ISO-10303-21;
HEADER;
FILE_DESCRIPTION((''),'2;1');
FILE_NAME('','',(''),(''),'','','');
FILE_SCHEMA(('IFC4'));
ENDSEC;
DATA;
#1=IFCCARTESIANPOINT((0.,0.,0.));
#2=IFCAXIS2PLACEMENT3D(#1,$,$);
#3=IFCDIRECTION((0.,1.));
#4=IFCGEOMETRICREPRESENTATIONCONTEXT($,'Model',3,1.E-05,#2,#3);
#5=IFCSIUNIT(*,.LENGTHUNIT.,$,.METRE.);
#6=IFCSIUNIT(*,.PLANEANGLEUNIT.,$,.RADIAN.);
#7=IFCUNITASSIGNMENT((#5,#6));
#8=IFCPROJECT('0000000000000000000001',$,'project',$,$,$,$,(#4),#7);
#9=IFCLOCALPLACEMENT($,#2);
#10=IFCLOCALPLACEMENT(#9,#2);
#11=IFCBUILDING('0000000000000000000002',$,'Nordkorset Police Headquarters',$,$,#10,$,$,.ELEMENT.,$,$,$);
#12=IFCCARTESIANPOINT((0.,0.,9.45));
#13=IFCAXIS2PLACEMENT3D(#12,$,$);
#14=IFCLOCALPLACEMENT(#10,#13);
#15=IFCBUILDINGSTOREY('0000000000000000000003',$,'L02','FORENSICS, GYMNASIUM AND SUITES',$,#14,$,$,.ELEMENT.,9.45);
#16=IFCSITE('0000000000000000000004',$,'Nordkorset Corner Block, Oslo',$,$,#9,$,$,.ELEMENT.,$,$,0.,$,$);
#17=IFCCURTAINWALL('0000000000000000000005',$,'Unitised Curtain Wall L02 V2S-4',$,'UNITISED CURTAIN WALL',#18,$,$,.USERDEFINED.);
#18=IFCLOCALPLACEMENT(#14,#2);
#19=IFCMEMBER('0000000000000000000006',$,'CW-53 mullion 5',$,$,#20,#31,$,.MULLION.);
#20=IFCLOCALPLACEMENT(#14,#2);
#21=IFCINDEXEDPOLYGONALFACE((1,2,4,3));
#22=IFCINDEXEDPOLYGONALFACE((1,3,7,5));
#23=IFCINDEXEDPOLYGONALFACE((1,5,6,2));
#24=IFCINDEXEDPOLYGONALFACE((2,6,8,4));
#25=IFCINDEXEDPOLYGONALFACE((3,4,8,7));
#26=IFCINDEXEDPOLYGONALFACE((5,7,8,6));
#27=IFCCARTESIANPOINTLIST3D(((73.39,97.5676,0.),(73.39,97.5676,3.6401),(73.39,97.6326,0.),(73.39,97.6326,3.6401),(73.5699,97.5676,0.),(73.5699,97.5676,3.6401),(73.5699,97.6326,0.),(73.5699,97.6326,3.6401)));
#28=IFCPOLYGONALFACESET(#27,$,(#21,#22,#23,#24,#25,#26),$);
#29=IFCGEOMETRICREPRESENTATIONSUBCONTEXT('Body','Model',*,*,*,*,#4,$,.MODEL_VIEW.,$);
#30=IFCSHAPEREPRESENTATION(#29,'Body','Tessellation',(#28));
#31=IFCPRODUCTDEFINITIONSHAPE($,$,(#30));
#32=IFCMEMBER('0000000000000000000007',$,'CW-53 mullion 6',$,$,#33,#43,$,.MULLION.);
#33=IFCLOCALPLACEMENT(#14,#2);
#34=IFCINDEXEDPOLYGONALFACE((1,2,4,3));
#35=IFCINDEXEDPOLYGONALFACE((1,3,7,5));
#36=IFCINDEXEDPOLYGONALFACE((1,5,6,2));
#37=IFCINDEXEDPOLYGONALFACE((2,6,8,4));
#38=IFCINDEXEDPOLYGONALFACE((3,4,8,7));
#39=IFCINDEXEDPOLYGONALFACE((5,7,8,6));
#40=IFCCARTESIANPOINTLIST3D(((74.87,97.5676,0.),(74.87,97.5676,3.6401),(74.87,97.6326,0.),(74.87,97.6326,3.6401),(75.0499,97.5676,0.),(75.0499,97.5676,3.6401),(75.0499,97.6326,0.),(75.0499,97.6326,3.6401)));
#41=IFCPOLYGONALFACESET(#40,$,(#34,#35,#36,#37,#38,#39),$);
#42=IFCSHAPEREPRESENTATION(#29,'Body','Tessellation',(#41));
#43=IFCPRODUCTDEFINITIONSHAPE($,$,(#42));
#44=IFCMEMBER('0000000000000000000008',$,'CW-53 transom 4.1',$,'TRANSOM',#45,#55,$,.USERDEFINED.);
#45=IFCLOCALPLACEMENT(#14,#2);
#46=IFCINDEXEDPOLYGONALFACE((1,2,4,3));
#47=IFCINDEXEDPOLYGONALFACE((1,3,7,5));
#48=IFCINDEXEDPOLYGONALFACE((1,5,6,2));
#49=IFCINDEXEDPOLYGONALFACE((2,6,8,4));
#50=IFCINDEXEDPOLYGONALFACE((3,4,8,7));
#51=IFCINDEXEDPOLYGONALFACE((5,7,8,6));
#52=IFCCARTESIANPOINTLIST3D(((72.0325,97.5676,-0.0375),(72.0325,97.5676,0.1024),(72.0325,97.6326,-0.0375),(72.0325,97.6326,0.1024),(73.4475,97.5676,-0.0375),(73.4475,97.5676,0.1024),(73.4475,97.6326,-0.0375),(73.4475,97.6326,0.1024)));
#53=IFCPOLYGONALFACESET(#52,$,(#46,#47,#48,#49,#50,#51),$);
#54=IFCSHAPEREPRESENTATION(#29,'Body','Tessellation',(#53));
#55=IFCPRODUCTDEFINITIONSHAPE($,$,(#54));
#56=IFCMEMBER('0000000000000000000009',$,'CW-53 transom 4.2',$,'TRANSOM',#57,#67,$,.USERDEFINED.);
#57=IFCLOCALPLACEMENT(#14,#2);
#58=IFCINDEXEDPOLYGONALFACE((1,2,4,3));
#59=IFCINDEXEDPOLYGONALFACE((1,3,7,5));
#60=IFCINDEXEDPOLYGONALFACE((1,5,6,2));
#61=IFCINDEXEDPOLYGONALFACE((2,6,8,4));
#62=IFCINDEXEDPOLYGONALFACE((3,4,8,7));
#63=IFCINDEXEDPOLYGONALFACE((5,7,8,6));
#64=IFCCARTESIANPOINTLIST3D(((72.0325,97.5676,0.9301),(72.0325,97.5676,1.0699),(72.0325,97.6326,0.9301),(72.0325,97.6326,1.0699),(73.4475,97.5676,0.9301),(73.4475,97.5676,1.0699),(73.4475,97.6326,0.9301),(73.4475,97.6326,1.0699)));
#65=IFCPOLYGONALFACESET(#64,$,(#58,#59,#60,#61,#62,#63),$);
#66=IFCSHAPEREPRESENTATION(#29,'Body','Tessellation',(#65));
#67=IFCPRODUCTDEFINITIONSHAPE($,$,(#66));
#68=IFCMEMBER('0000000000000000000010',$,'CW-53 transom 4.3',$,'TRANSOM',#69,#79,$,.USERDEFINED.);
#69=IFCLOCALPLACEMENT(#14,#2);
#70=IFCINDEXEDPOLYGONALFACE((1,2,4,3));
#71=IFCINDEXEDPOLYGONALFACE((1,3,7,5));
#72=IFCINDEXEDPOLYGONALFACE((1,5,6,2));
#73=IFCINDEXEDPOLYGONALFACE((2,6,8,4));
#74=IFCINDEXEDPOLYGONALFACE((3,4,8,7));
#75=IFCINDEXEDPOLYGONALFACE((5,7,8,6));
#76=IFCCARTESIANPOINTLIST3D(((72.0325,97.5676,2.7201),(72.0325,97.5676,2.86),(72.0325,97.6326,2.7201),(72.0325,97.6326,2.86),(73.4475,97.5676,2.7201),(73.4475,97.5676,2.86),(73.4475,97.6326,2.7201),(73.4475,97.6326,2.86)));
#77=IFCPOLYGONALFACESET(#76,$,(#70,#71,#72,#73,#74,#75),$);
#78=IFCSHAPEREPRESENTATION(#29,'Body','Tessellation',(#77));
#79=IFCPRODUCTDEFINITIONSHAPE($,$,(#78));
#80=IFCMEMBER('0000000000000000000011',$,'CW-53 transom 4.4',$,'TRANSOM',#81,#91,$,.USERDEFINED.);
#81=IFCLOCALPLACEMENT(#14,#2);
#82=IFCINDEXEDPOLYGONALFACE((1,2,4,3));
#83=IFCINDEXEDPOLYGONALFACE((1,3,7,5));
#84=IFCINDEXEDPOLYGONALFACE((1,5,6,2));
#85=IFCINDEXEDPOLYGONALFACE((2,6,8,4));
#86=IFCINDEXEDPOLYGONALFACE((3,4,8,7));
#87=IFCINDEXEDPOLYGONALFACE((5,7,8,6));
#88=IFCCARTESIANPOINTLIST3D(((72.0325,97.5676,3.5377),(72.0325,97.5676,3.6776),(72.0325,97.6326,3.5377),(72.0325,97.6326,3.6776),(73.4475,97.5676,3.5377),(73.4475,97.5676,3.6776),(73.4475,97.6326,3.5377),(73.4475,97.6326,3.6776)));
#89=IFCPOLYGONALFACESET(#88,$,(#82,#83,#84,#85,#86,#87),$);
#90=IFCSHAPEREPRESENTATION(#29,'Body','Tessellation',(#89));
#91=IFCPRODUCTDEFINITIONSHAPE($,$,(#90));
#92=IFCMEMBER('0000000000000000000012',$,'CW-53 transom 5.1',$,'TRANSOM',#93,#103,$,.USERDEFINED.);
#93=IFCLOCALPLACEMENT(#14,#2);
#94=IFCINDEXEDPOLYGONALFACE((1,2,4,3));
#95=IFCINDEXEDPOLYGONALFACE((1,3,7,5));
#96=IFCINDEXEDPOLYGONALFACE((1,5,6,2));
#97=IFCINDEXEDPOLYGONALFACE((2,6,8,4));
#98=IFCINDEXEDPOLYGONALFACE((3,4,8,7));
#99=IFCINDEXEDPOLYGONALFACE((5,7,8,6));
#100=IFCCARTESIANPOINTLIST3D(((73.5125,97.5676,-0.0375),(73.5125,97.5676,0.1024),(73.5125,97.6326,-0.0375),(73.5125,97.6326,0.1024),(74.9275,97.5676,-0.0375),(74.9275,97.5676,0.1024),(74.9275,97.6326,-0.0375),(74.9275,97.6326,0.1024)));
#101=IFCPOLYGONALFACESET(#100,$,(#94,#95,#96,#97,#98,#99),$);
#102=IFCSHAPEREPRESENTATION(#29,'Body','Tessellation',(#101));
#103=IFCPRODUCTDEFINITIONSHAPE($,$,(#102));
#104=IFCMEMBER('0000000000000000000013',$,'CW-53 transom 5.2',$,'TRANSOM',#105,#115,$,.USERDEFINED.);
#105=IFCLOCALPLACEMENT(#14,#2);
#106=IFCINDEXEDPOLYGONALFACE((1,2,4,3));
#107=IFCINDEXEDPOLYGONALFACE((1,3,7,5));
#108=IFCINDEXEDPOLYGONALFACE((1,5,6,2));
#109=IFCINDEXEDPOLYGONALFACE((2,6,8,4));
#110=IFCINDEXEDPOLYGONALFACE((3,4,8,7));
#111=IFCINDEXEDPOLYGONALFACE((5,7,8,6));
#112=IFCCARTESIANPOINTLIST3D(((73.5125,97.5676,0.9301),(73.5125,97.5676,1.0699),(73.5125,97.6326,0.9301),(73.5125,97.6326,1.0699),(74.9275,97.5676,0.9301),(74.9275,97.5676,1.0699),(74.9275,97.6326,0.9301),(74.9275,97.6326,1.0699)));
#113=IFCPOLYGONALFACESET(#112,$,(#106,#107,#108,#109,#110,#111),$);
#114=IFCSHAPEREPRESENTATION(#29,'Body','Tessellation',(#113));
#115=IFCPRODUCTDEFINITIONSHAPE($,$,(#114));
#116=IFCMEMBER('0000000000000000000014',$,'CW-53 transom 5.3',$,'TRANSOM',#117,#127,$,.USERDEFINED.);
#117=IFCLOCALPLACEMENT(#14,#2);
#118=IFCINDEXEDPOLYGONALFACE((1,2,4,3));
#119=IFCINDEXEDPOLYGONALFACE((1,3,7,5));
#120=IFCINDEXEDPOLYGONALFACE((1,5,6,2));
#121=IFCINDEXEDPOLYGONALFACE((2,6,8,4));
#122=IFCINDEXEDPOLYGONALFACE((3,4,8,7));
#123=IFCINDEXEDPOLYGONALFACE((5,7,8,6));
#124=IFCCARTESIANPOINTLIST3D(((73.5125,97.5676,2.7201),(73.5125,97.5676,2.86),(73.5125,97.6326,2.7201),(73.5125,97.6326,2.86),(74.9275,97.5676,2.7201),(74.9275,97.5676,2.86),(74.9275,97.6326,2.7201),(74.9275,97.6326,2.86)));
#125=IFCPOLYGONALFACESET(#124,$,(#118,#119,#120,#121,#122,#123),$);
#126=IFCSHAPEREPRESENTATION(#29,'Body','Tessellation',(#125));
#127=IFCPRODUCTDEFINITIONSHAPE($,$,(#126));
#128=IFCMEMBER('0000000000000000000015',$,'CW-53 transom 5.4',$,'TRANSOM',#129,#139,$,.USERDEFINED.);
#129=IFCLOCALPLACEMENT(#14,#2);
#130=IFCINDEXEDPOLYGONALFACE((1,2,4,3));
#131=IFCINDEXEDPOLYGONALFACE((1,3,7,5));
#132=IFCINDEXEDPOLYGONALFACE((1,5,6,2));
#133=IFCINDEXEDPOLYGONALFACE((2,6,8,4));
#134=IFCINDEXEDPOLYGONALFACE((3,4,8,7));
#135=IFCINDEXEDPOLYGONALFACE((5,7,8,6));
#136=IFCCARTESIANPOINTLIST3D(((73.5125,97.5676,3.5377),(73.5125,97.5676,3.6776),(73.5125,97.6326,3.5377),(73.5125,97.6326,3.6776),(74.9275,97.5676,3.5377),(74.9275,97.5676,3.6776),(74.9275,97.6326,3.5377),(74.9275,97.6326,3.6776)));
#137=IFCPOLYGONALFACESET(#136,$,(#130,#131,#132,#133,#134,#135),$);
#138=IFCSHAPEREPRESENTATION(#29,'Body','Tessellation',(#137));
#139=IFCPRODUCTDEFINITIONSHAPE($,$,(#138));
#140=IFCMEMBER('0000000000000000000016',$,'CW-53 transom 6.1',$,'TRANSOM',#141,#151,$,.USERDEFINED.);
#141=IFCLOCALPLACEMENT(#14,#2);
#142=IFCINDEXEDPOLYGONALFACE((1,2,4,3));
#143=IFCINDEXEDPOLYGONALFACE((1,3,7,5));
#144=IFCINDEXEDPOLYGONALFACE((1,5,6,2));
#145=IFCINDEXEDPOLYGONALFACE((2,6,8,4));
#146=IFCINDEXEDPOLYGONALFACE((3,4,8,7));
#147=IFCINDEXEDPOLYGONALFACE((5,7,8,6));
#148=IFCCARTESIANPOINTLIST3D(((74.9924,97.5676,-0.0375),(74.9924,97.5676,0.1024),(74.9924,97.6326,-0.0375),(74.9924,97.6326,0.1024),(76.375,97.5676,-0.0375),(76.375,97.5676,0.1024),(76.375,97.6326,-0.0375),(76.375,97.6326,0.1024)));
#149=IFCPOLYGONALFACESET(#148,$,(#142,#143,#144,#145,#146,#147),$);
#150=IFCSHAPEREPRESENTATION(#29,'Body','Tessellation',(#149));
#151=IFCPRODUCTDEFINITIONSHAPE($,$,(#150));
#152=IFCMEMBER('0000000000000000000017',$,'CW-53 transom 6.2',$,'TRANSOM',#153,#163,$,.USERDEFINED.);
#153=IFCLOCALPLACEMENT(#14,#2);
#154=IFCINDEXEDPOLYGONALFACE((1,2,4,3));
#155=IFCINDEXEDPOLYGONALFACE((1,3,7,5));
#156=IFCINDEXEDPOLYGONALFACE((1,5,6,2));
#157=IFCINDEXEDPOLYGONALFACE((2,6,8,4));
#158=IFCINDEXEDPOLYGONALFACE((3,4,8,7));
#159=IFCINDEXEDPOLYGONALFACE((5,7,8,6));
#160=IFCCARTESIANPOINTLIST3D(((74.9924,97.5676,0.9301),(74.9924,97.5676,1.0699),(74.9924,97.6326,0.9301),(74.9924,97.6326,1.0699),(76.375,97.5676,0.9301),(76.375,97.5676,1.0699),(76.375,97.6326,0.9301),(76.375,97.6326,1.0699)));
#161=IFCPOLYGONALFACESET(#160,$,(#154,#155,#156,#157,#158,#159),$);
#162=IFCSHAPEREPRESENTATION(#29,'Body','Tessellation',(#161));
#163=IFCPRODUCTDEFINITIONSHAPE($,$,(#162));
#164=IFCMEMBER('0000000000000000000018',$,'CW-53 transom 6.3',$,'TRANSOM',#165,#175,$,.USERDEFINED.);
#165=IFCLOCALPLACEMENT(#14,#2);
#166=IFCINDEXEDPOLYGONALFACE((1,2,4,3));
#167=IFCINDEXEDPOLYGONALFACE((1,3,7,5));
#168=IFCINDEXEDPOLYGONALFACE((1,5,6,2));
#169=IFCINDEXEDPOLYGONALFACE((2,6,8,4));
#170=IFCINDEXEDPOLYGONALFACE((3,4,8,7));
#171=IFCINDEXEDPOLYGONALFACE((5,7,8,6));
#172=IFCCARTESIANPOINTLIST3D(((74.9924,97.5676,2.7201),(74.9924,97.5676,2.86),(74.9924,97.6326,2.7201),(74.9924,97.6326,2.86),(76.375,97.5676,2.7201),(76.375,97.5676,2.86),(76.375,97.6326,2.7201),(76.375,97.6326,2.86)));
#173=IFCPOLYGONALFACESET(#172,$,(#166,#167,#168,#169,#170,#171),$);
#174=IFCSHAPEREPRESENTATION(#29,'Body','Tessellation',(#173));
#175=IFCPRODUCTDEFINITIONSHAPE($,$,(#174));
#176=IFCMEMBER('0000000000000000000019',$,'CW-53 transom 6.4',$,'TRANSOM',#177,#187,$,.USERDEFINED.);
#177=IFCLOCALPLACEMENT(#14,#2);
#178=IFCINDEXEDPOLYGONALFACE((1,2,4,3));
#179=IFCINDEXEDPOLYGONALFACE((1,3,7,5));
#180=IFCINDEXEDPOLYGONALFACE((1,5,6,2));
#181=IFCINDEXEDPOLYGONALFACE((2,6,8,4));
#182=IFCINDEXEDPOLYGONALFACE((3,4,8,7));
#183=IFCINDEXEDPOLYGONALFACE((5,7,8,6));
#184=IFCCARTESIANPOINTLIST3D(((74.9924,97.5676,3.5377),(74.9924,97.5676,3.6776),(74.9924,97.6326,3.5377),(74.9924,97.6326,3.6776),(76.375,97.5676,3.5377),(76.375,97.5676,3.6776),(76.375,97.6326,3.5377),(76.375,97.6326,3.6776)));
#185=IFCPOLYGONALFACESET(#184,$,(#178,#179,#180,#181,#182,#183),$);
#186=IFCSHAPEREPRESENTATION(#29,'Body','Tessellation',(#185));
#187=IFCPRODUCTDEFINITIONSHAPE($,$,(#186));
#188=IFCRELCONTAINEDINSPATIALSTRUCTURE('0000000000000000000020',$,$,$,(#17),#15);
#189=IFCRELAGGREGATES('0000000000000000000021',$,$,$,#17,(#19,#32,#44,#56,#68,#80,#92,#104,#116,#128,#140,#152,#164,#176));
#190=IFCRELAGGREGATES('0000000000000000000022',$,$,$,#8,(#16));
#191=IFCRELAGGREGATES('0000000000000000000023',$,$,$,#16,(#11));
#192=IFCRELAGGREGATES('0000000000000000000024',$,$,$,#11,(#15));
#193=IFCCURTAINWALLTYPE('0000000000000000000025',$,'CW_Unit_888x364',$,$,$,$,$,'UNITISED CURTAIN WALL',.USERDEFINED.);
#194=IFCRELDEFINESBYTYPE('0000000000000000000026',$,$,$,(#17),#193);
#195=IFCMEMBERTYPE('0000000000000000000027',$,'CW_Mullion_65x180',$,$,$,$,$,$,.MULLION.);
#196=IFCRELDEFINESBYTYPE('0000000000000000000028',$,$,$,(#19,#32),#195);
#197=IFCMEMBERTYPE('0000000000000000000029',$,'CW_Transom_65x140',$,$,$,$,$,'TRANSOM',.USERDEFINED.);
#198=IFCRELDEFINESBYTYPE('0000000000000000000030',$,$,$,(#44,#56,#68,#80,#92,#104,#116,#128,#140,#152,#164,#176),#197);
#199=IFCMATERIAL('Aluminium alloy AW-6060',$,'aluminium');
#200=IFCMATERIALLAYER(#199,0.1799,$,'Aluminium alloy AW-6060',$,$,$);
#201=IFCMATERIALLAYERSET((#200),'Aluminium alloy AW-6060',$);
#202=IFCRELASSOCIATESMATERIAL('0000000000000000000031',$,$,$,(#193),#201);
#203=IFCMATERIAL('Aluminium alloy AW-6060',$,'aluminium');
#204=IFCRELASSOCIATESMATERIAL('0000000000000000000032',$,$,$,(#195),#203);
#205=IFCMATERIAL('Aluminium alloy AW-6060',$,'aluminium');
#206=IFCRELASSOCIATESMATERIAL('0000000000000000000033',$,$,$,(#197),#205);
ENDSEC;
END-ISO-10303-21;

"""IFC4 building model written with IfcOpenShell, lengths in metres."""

from ifc_helpers import new_model, si_unit, direction, frame, origin, origin_2d, place, context, subcontext, project, spatial, rectangle, extrude, material, layer, layer_set, material_profile, profile_set, type_object, element, aggregate, save


model = new_model("IFC4")

# Units and contexts
model_context = context("Model", 3, precision=1e-05, world=origin(), true_north=direction((0.0, 1.0)))
body_context = subcontext(model_context, "Body", "Model", "MODEL_VIEW")
ifc_project = project(units=[si_unit("LENGTHUNIT", "METRE"), si_unit("PLANEANGLEUNIT", "RADIAN")], contexts=[model_context])

# Site, building, storey
site_placement = place(None, origin())
site = spatial("IfcSite", under=ifc_project, at=site_placement, Name="Nordkorset Corner Block, Oslo", CompositionType="ELEMENT", RefElevation=0.0)
building_placement = place(site_placement, origin())
building = spatial("IfcBuilding", under=site, at=building_placement, Name="Nordkorset Police Headquarters", CompositionType="ELEMENT")
storey_placement = place(building_placement, frame((0.0, 0.0, 9.45)))
storey = spatial("IfcBuildingStorey", under=building, at=storey_placement, Name="L02", Description="FORENSICS, GYMNASIUM AND SUITES", CompositionType="ELEMENT", Elevation=9.45)

# Curtain wall, members
ifc_material_1 = material(Name="Aluminium alloy AW-6060", Category="aluminium")
ifc_layer_1 = layer(ifc_material_1, 0.1799, Name="Aluminium alloy AW-6060")
ifc_layer_set_1 = layer_set([ifc_layer_1], Name="Aluminium alloy AW-6060")
curtain_wall_type = type_object("IfcCurtainWallType", Name="CW_Unit_888x364", ElementType="UNITISED CURTAIN WALL", PredefinedType="USERDEFINED", material=ifc_layer_set_1)
curtain_wall_placement = place(storey_placement, origin())
curtain_wall = element("IfcCurtainWall", 1, at=curtain_wall_placement, inside=storey, type_object=curtain_wall_type, Name="Unitised Curtain Wall L02 V2S-4", ObjectType="UNITISED CURTAIN WALL", PredefinedType="USERDEFINED")
ifc_material_2 = material(Name="Aluminium alloy AW-6060", Category="aluminium")
ifc_material_profile_1 = material_profile(ifc_material_2, rectangle(XDim=0.0649, YDim=0.1799, at=origin_2d()), Name="ALU MULL 65x180")
ifc_profile_set_1 = profile_set([ifc_material_profile_1], Name="Aluminium alloy AW-6060")
member_type_1 = type_object("IfcMemberType", Name="CW_Mullion_65x180", PredefinedType="MULLION", material=ifc_profile_set_1)
member_1_placement = place(storey_placement, frame((73.48, 97.6001, 0.0), z_axis=(0.0, 0.0, 1.0), x_axis=(0.0, 1.0, 0.0)))
member_1 = element("IfcMember", 2, at=member_1_placement, type_object=member_type_1, Name="CW-53 mullion 5", PredefinedType="MULLION", context=body_context, shape_type="SweptSolid", body=[
    extrude(rectangle(XDim=0.0649, YDim=0.1799, at=origin_2d()), origin(), (0.0, 0.0, 1.0), 3.6401),
])
member_2_placement = place(storey_placement, frame((74.96, 97.6001, 0.0), z_axis=(0.0, 0.0, 1.0), x_axis=(0.0, 1.0, 0.0)))
member_2 = element("IfcMember", 3, at=member_2_placement, type_object=member_type_1, Name="CW-53 mullion 6", PredefinedType="MULLION", context=body_context, shape_type="SweptSolid", body=[
    extrude(rectangle(XDim=0.0649, YDim=0.1799, at=origin_2d()), origin(), (0.0, 0.0, 1.0), 3.6401),
])
ifc_material_3 = material(Name="Aluminium alloy AW-6060", Category="aluminium")
ifc_material_profile_2 = material_profile(ifc_material_3, rectangle(XDim=0.0649, YDim=0.1399, at=origin_2d()), Name="ALU TRAN 65x140")
ifc_profile_set_2 = profile_set([ifc_material_profile_2], Name="Aluminium alloy AW-6060")
member_type_2 = type_object("IfcMemberType", Name="CW_Transom_65x140", ElementType="TRANSOM", PredefinedType="USERDEFINED", material=ifc_profile_set_2)
member_3_placement = place(storey_placement, frame((72.0325, 97.6001, 0.0325), z_axis=(1.0, 0.0, 0.0), x_axis=(0.0, 1.0, 0.0)))
member_3 = element("IfcMember", 4, at=member_3_placement, type_object=member_type_2, Name="CW-53 transom 4.1", ObjectType="TRANSOM", PredefinedType="USERDEFINED", context=body_context, shape_type="SweptSolid", body=[
    extrude(rectangle(XDim=0.0649, YDim=0.1399, at=origin_2d()), origin(), (0.0, 0.0, 1.0), 1.415),
])
member_4_placement = place(storey_placement, frame((72.0325, 97.6001, 1.0), z_axis=(1.0, 0.0, 0.0), x_axis=(0.0, 1.0, 0.0)))
member_4 = element("IfcMember", 5, at=member_4_placement, type_object=member_type_2, Name="CW-53 transom 4.2", ObjectType="TRANSOM", PredefinedType="USERDEFINED", context=body_context, shape_type="SweptSolid", body=[
    extrude(rectangle(XDim=0.0649, YDim=0.1399, at=origin_2d()), origin(), (0.0, 0.0, 1.0), 1.415),
])
member_5_placement = place(storey_placement, frame((72.0325, 97.6001, 2.79), z_axis=(1.0, 0.0, 0.0), x_axis=(0.0, 1.0, 0.0)))
member_5 = element("IfcMember", 6, at=member_5_placement, type_object=member_type_2, Name="CW-53 transom 4.3", ObjectType="TRANSOM", PredefinedType="USERDEFINED", context=body_context, shape_type="SweptSolid", body=[
    extrude(rectangle(XDim=0.0649, YDim=0.1399, at=origin_2d()), origin(), (0.0, 0.0, 1.0), 1.415),
])
member_6_placement = place(storey_placement, frame((72.0325, 97.6001, 3.6077), z_axis=(1.0, 0.0, 0.0), x_axis=(0.0, 1.0, 0.0)))
member_6 = element("IfcMember", 7, at=member_6_placement, type_object=member_type_2, Name="CW-53 transom 4.4", ObjectType="TRANSOM", PredefinedType="USERDEFINED", context=body_context, shape_type="SweptSolid", body=[
    extrude(rectangle(XDim=0.0649, YDim=0.1399, at=origin_2d()), origin(), (0.0, 0.0, 1.0), 1.415),
])
member_7_placement = place(storey_placement, frame((73.5125, 97.6001, 0.0325), z_axis=(1.0, 0.0, 0.0), x_axis=(0.0, 1.0, 0.0)))
member_7 = element("IfcMember", 8, at=member_7_placement, type_object=member_type_2, Name="CW-53 transom 5.1", ObjectType="TRANSOM", PredefinedType="USERDEFINED", context=body_context, shape_type="SweptSolid", body=[
    extrude(rectangle(XDim=0.0649, YDim=0.1399, at=origin_2d()), origin(), (0.0, 0.0, 1.0), 1.415),
])
member_8_placement = place(storey_placement, frame((73.5125, 97.6001, 1.0), z_axis=(1.0, 0.0, 0.0), x_axis=(0.0, 1.0, 0.0)))
member_8 = element("IfcMember", 9, at=member_8_placement, type_object=member_type_2, Name="CW-53 transom 5.2", ObjectType="TRANSOM", PredefinedType="USERDEFINED", context=body_context, shape_type="SweptSolid", body=[
    extrude(rectangle(XDim=0.0649, YDim=0.1399, at=origin_2d()), origin(), (0.0, 0.0, 1.0), 1.415),
])
member_9_placement = place(storey_placement, frame((73.5125, 97.6001, 2.79), z_axis=(1.0, 0.0, 0.0), x_axis=(0.0, 1.0, 0.0)))
member_9 = element("IfcMember", 10, at=member_9_placement, type_object=member_type_2, Name="CW-53 transom 5.3", ObjectType="TRANSOM", PredefinedType="USERDEFINED", context=body_context, shape_type="SweptSolid", body=[
    extrude(rectangle(XDim=0.0649, YDim=0.1399, at=origin_2d()), origin(), (0.0, 0.0, 1.0), 1.415),
])
member_10_placement = place(storey_placement, frame((73.5125, 97.6001, 3.6077), z_axis=(1.0, 0.0, 0.0), x_axis=(0.0, 1.0, 0.0)))
member_10 = element("IfcMember", 11, at=member_10_placement, type_object=member_type_2, Name="CW-53 transom 5.4", ObjectType="TRANSOM", PredefinedType="USERDEFINED", context=body_context, shape_type="SweptSolid", body=[
    extrude(rectangle(XDim=0.0649, YDim=0.1399, at=origin_2d()), origin(), (0.0, 0.0, 1.0), 1.415),
])
member_11_placement = place(storey_placement, frame((74.9924, 97.6001, 0.0325), z_axis=(1.0, 0.0, 0.0), x_axis=(0.0, 1.0, 0.0)))
member_11 = element("IfcMember", 12, at=member_11_placement, type_object=member_type_2, Name="CW-53 transom 6.1", ObjectType="TRANSOM", PredefinedType="USERDEFINED", context=body_context, shape_type="SweptSolid", body=[
    extrude(rectangle(XDim=0.0649, YDim=0.1399, at=origin_2d()), origin(), (0.0, 0.0, 1.0), 1.3826),
])
member_12_placement = place(storey_placement, frame((74.9924, 97.6001, 1.0), z_axis=(1.0, 0.0, 0.0), x_axis=(0.0, 1.0, 0.0)))
member_12 = element("IfcMember", 13, at=member_12_placement, type_object=member_type_2, Name="CW-53 transom 6.2", ObjectType="TRANSOM", PredefinedType="USERDEFINED", context=body_context, shape_type="SweptSolid", body=[
    extrude(rectangle(XDim=0.0649, YDim=0.1399, at=origin_2d()), origin(), (0.0, 0.0, 1.0), 1.3826),
])
member_13_placement = place(storey_placement, frame((74.9924, 97.6001, 2.79), z_axis=(1.0, 0.0, 0.0), x_axis=(0.0, 1.0, 0.0)))
member_13 = element("IfcMember", 14, at=member_13_placement, type_object=member_type_2, Name="CW-53 transom 6.3", ObjectType="TRANSOM", PredefinedType="USERDEFINED", context=body_context, shape_type="SweptSolid", body=[
    extrude(rectangle(XDim=0.0649, YDim=0.1399, at=origin_2d()), origin(), (0.0, 0.0, 1.0), 1.3826),
])
member_14_placement = place(storey_placement, frame((74.9924, 97.6001, 3.6077), z_axis=(1.0, 0.0, 0.0), x_axis=(0.0, 1.0, 0.0)))
member_14 = element("IfcMember", 15, at=member_14_placement, type_object=member_type_2, Name="CW-53 transom 6.4", ObjectType="TRANSOM", PredefinedType="USERDEFINED", context=body_context, shape_type="SweptSolid", body=[
    extrude(rectangle(XDim=0.0649, YDim=0.1399, at=origin_2d()), origin(), (0.0, 0.0, 1.0), 1.3826),
])
aggregate(curtain_wall, [member_1, member_2, member_3, member_4, member_5, member_6, member_7, member_8, member_9, member_10, member_11, member_12, member_13, member_14])

save(model, "model.ifc")
